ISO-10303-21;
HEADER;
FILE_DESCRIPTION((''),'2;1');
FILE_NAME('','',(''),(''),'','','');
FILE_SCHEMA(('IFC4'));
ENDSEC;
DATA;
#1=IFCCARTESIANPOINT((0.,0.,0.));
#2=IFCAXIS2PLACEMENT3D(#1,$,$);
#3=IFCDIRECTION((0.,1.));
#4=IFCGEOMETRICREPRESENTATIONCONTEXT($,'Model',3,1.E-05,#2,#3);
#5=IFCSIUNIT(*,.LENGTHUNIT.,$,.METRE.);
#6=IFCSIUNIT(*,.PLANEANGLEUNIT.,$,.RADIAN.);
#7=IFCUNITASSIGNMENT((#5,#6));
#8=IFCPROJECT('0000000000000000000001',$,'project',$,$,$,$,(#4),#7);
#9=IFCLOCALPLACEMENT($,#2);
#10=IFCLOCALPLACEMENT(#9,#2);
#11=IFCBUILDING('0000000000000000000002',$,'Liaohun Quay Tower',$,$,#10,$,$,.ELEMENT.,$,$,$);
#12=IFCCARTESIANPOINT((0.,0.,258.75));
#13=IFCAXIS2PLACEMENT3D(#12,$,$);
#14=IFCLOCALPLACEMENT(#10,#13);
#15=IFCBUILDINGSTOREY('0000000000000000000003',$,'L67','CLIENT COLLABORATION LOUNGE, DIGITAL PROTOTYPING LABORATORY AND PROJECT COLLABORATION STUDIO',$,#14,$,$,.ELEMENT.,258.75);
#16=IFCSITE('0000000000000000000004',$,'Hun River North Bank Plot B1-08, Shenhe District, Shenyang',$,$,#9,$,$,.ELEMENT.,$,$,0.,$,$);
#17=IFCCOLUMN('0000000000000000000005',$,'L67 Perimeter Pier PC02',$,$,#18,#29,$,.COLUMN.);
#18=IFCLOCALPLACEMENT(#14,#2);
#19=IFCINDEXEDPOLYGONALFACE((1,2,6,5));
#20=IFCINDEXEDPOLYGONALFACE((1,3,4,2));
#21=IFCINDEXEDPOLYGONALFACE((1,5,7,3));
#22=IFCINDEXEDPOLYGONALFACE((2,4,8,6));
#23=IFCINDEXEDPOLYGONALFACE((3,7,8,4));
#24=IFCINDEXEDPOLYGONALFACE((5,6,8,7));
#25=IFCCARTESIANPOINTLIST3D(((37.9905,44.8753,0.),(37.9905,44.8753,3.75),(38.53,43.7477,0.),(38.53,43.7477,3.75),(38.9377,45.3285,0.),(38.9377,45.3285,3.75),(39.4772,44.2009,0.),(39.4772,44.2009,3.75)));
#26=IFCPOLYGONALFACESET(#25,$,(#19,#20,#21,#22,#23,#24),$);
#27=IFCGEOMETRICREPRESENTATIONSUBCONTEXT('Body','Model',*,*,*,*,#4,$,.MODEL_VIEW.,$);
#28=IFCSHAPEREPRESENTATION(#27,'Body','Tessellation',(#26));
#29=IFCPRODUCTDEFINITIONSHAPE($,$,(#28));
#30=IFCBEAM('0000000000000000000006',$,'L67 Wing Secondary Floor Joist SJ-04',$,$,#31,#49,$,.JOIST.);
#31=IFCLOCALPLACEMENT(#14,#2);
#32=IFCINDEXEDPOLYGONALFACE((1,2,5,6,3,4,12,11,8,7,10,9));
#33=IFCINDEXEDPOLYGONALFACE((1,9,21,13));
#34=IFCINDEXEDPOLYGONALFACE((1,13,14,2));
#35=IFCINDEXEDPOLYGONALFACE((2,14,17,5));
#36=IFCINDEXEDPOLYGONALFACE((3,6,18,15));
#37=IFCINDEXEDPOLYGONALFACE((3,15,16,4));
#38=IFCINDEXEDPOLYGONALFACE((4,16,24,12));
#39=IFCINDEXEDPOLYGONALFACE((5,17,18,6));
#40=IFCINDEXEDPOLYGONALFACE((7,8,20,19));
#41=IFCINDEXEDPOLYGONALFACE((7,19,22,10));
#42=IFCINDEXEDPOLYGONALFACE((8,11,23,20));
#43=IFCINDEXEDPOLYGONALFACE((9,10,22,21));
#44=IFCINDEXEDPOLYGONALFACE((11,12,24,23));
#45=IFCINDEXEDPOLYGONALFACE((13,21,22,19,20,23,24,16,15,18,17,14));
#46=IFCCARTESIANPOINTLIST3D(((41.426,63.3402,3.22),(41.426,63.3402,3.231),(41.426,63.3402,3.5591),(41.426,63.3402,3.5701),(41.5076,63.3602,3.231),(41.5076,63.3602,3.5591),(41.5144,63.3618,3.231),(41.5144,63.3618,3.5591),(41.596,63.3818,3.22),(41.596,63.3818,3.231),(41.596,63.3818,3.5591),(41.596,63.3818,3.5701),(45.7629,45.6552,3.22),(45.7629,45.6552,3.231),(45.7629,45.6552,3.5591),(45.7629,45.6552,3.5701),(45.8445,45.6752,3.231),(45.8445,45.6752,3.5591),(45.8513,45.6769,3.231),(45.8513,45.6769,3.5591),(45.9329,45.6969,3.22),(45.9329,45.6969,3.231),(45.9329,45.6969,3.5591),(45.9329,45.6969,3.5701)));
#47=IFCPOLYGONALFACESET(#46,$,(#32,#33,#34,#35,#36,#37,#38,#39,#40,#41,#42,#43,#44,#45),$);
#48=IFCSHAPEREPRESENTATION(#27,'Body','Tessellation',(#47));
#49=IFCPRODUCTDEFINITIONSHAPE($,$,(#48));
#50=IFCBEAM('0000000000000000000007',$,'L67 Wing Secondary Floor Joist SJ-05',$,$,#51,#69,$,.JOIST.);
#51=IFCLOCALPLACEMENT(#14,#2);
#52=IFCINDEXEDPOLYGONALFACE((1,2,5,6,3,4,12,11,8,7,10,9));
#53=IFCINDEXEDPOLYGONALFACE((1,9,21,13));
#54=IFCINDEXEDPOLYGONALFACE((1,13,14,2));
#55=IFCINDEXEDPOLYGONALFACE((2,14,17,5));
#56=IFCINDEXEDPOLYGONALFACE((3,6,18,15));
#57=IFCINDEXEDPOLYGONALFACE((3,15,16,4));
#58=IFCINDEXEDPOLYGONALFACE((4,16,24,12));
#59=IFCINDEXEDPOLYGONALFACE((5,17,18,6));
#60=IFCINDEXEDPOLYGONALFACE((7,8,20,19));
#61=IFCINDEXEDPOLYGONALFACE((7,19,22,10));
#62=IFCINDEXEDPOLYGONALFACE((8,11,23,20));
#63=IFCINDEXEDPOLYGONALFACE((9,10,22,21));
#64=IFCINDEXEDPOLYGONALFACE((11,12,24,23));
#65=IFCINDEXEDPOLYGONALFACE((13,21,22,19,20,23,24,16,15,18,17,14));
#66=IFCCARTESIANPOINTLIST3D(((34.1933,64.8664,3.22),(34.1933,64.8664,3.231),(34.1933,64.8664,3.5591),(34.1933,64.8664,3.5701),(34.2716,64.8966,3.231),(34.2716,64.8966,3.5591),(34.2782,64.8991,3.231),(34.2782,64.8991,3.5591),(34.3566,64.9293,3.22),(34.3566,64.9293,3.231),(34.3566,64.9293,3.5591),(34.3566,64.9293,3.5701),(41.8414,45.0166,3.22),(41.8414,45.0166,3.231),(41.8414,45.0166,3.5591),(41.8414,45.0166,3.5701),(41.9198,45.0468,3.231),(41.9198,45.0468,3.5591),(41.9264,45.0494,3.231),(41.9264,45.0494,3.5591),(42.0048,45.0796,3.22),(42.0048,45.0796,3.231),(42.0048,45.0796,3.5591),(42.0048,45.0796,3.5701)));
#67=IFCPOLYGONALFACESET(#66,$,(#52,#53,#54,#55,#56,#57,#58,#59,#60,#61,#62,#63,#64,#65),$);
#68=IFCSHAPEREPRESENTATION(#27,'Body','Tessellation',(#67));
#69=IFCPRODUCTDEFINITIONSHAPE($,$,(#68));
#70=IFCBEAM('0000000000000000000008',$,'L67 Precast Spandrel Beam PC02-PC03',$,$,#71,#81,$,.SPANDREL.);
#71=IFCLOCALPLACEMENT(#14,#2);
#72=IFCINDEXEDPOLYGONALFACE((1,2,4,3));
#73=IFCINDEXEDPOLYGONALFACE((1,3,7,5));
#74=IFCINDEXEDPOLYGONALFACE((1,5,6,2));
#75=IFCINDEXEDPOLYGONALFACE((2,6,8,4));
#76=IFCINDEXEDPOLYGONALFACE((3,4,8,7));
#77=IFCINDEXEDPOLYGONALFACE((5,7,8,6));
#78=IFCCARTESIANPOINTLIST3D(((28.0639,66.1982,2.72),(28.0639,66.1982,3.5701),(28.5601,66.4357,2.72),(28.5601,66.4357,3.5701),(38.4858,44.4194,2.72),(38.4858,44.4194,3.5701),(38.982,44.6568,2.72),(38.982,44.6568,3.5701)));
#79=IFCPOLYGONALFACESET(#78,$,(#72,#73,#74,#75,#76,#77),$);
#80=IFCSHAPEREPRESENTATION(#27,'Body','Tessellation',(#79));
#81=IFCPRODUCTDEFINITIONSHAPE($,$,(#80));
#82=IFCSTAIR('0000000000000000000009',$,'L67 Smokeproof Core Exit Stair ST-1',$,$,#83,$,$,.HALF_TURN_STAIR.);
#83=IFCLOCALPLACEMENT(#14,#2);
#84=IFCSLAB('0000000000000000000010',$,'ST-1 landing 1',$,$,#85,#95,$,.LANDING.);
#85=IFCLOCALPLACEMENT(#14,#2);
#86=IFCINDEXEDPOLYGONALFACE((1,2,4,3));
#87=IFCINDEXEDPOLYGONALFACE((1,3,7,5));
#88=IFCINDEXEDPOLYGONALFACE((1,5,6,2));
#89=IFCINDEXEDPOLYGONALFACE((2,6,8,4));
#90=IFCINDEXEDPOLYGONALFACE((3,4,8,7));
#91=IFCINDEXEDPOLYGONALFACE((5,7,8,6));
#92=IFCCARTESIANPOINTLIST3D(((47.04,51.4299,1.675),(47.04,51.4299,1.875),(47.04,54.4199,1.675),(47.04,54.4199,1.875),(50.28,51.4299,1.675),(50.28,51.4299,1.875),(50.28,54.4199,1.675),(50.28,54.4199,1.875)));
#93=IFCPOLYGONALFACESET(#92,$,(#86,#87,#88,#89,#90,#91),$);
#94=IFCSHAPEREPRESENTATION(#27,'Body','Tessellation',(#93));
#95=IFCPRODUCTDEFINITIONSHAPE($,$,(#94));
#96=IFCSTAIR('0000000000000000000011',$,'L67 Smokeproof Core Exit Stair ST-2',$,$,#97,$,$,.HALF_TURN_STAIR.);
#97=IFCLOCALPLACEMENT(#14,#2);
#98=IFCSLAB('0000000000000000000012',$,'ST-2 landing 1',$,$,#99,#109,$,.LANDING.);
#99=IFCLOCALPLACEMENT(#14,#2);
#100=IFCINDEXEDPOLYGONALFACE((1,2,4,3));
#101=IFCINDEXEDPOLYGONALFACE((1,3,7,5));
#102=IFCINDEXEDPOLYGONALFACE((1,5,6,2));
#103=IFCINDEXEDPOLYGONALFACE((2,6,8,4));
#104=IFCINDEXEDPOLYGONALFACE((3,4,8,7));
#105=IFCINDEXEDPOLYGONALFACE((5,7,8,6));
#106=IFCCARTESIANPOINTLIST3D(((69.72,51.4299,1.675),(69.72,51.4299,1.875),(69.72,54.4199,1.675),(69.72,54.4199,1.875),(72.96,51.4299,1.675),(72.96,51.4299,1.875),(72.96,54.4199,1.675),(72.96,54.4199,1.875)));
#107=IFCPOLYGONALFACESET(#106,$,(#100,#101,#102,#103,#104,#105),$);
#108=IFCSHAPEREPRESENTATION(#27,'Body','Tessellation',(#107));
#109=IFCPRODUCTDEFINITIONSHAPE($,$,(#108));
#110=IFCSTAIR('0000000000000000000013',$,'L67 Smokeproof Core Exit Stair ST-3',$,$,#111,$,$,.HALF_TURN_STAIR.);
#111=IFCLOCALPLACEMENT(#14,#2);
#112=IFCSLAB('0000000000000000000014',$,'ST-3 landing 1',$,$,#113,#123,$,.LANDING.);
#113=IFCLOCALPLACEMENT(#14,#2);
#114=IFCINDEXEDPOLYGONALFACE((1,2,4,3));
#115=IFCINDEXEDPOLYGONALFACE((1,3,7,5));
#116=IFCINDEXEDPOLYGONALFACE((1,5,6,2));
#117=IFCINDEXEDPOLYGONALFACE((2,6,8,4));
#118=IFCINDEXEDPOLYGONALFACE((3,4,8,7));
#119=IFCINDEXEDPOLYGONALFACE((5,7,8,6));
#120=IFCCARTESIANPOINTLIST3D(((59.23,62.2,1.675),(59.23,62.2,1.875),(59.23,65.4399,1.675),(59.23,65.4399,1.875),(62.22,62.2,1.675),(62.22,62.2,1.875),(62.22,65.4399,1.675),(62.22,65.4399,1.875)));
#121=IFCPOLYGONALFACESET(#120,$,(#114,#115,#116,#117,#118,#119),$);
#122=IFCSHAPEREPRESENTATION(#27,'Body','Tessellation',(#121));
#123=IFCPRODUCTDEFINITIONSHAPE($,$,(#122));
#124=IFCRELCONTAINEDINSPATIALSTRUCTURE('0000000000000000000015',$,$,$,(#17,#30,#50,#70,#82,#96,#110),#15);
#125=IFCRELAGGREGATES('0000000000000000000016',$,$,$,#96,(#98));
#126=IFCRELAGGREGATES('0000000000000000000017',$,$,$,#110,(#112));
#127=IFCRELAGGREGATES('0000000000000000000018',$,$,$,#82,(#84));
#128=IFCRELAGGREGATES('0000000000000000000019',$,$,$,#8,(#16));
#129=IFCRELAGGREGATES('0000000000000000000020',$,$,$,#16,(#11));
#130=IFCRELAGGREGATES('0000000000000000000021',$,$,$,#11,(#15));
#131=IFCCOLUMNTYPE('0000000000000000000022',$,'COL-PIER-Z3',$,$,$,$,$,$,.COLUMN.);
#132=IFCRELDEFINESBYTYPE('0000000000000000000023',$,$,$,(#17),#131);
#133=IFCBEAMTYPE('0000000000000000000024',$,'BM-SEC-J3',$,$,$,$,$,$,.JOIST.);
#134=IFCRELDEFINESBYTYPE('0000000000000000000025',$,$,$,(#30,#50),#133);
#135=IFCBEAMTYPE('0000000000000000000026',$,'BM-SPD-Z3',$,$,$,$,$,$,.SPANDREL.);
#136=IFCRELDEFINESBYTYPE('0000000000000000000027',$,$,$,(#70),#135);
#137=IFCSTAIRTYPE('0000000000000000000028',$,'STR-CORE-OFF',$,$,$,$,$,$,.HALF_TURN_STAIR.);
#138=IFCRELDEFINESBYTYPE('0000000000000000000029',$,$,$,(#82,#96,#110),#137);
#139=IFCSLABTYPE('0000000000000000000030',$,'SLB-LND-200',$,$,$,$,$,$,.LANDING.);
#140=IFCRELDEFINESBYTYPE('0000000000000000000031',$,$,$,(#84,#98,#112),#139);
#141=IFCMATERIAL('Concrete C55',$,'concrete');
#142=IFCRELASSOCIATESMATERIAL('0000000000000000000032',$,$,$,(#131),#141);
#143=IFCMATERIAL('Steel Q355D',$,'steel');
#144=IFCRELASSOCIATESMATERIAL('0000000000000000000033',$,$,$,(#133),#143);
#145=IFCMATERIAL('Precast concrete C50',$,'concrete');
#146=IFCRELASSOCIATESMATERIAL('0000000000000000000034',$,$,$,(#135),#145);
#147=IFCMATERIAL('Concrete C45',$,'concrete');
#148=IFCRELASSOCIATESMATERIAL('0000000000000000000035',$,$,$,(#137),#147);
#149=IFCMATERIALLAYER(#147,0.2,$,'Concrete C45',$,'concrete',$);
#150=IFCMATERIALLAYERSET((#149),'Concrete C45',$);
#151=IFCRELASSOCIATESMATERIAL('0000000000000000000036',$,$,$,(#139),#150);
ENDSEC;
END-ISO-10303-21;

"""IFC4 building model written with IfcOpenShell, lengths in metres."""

from ifc_helpers import new_model, si_unit, direction, frame, origin, origin_2d, place, context, subcontext, project, spatial, polyline, rectangle, i_section, outline, extrude, source, transform, mapped, material, layer, layer_set, material_profile, profile_set, type_object, element, aggregate, save


model = new_model("IFC4")

# Units and contexts
model_context = context("Model", 3, precision=1e-05, world=origin(), true_north=direction((0.0, 1.0)))
body_context = subcontext(model_context, "Body", "Model", "MODEL_VIEW")
ifc_project = project(units=[si_unit("LENGTHUNIT", "METRE"), si_unit("PLANEANGLEUNIT", "RADIAN")], contexts=[model_context])

# Site, building, storey
site_placement = place(None, origin())
site = spatial("IfcSite", under=ifc_project, at=site_placement, Name="Hun River North Bank Plot B1-08, Shenhe District, Shenyang", CompositionType="ELEMENT", RefElevation=0.0)
building_placement = place(site_placement, origin())
building = spatial("IfcBuilding", under=site, at=building_placement, Name="Liaohun Quay Tower", CompositionType="ELEMENT")
storey_placement = place(building_placement, frame((0.0, 0.0, 258.75)))
storey = spatial("IfcBuildingStorey", under=building, at=storey_placement, Name="L67", Description="CLIENT COLLABORATION LOUNGE, DIGITAL PROTOTYPING LABORATORY AND PROJECT COLLABORATION STUDIO", CompositionType="ELEMENT", Elevation=258.75)

# Column
ifc_material_1 = material(Name="Concrete C55", Category="concrete")
ifc_material_profile_1 = material_profile(ifc_material_1, rectangle(XDim=1.25, YDim=1.05, at=origin_2d()), Name="RC1250x1050")
ifc_profile_set_1 = profile_set([ifc_material_profile_1], Name="Concrete C55")
column_type = type_object("IfcColumnType", Name="COL-PIER-Z3", PredefinedType="COLUMN", material=ifc_profile_set_1)
shared_shape_1 = source(origin(), body_context, "Body", "SweptSolid", [
    extrude(rectangle(XDim=1.25, YDim=1.05, at=origin_2d()), origin(), (0.0, 0.0, 1.0), 3.75),
])
column_placement = place(storey_placement, frame((38.7339, 44.5381, 0.0), z_axis=(0.0, 0.0, 1.0), x_axis=(-0.431613, 0.902059, 0.0)))
element("IfcColumn", 1, at=column_placement, inside=storey, type_object=column_type, Name="L67 Perimeter Pier PC02", PredefinedType="COLUMN", context=body_context, shape_type="MappedRepresentation", body=[
    mapped(shared_shape_1, transform((0.0, 0.0, 0.0), x_axis=(1.0, 0.0, 0.0), y_axis=(0.0, 1.0, 0.0), z_axis=(0.0, 0.0, 1.0), scale=1.0)),
])

# Beams
ifc_material_2 = material(Name="Steel Q355D", Category="steel")
ifc_material_profile_2 = material_profile(ifc_material_2, i_section(OverallWidth=0.175, OverallDepth=0.3501, WebThickness=0.0071, FlangeThickness=0.011, at=origin_2d()), Name="HN350x175x7x11")
ifc_profile_set_2 = profile_set([ifc_material_profile_2], Name="Steel Q355D")
beam_type_1 = type_object("IfcBeamType", Name="BM-SEC-J3", PredefinedType="JOIST", material=ifc_profile_set_2)
shared_shape_2 = source(origin(), body_context, "Body", "SweptSolid", [
    extrude(i_section(OverallWidth=0.175, OverallDepth=0.3501, WebThickness=0.0071, FlangeThickness=0.011, at=origin_2d()), origin(), (0.0, 0.0, 1.0), 18.209),
])
beam_1_placement = place(storey_placement, frame((45.8479, 45.676, 3.395), z_axis=(-0.238173, 0.971223, 0.0), x_axis=(-0.971223, -0.238173, 0.0)))
element("IfcBeam", 2, at=beam_1_placement, inside=storey, type_object=beam_type_1, Name="L67 Wing Secondary Floor Joist SJ-04", PredefinedType="JOIST", context=body_context, shape_type="MappedRepresentation", body=[
    mapped(shared_shape_2, transform((0.0, 0.0, 0.0), x_axis=(1.0, 0.0, 0.0), y_axis=(0.0, 1.0, 0.0), z_axis=(0.0, 0.0, 1.0), scale=1.0)),
])
shared_shape_3 = source(origin(), body_context, "Body", "SweptSolid", [
    extrude(i_section(OverallWidth=0.175, OverallDepth=0.3501, WebThickness=0.0071, FlangeThickness=0.011, at=origin_2d()), origin(), (0.0, 0.0, 1.0), 21.2722),
])
beam_2_placement = place(storey_placement, frame((41.9231, 45.0481, 3.395), z_axis=(-0.359537, 0.933131, 0.0), x_axis=(-0.933131, -0.359537, 0.0)))
element("IfcBeam", 3, at=beam_2_placement, inside=storey, type_object=beam_type_1, Name="L67 Wing Secondary Floor Joist SJ-05", PredefinedType="JOIST", context=body_context, shape_type="MappedRepresentation", body=[
    mapped(shared_shape_3, transform((0.0, 0.0, 0.0), x_axis=(1.0, 0.0, 0.0), y_axis=(0.0, 1.0, 0.0), z_axis=(0.0, 0.0, 1.0), scale=1.0)),
])
ifc_material_3 = material(Name="Precast concrete C50", Category="concrete")
ifc_material_profile_3 = material_profile(ifc_material_3, rectangle(XDim=0.55, YDim=0.8501, at=origin_2d()), Name="RC550x850")
ifc_profile_set_3 = profile_set([ifc_material_profile_3], Name="Precast concrete C50")
beam_type_2 = type_object("IfcBeamType", Name="BM-SPD-Z3", PredefinedType="SPANDREL", material=ifc_profile_set_3)
shared_shape_4 = source(origin(), body_context, "Body", "SweptSolid", [
    extrude(rectangle(XDim=0.55, YDim=0.8501, at=origin_2d()), origin(), (0.0, 0.0, 1.0), 24.144),
])
beam_3_placement = place(storey_placement, frame((38.7339, 44.5381, 3.145), z_axis=(-0.431655, 0.902039, 0.0), x_axis=(-0.902039, -0.431655, 0.0)))
element("IfcBeam", 4, at=beam_3_placement, inside=storey, type_object=beam_type_2, Name="L67 Precast Spandrel Beam PC02-PC03", PredefinedType="SPANDREL", context=body_context, shape_type="MappedRepresentation", body=[
    mapped(shared_shape_4, transform((0.0, 0.0, 0.0), x_axis=(1.0, 0.0, 0.0), y_axis=(0.0, 1.0, 0.0), z_axis=(0.0, 0.0, 1.0), scale=1.0)),
])

# Stairs, slabs
ifc_material_4 = material(Name="Concrete C45", Category="concrete")
stair_type = type_object("IfcStairType", Name="STR-CORE-OFF", PredefinedType="HALF_TURN_STAIR", material=ifc_material_4)
stair_1_placement = place(storey_placement, origin())
stair_1 = element("IfcStair", 5, at=stair_1_placement, inside=storey, type_object=stair_type, Name="L67 Smokeproof Core Exit Stair ST-1", PredefinedType="HALF_TURN_STAIR")
ifc_layer_1 = layer(ifc_material_4, 0.2, Name="Concrete C45", Category="concrete")
ifc_layer_set_1 = layer_set([ifc_layer_1], Name="Concrete C45")
slab_type_1 = type_object("IfcSlabType", Name="SLB-LND-200", PredefinedType="LANDING", material=ifc_layer_set_1)
slab_1_placement = place(storey_placement, frame((0.0, 0.0, 1.675)))
slab_1 = element("IfcSlab", 6, at=slab_1_placement, type_object=slab_type_1, Name="ST-1 landing 1", PredefinedType="LANDING", context=body_context, shape_type="SweptSolid", body=[
    extrude(outline(polyline([(50.28, 51.4299), (50.28, 54.4199), (47.04, 54.4199), (47.04, 51.4299), (50.28, 51.4299)])), origin(), (0.0, 0.0, 1.0), 0.2),
])
stair_2_placement = place(storey_placement, origin())
stair_2 = element("IfcStair", 7, at=stair_2_placement, inside=storey, type_object=stair_type, Name="L67 Smokeproof Core Exit Stair ST-2", PredefinedType="HALF_TURN_STAIR")
slab_2_placement = place(storey_placement, frame((0.0, 0.0, 1.675)))
slab_2 = element("IfcSlab", 8, at=slab_2_placement, type_object=slab_type_1, Name="ST-2 landing 1", PredefinedType="LANDING", context=body_context, shape_type="SweptSolid", body=[
    extrude(outline(polyline([(72.96, 51.4299), (72.96, 54.4199), (69.72, 54.4199), (69.72, 51.4299), (72.96, 51.4299)])), origin(), (0.0, 0.0, 1.0), 0.2),
])
aggregate(stair_2, [slab_2])
stair_3_placement = place(storey_placement, origin())
stair_3 = element("IfcStair", 9, at=stair_3_placement, inside=storey, type_object=stair_type, Name="L67 Smokeproof Core Exit Stair ST-3", PredefinedType="HALF_TURN_STAIR")
slab_3_placement = place(storey_placement, frame((0.0, 0.0, 1.675)))
slab_3 = element("IfcSlab", 10, at=slab_3_placement, type_object=slab_type_1, Name="ST-3 landing 1", PredefinedType="LANDING", context=body_context, shape_type="SweptSolid", body=[
    extrude(outline(polyline([(59.23, 62.2), (62.22, 62.2), (62.22, 65.4399), (59.23, 65.4399), (59.23, 62.2)])), origin(), (0.0, 0.0, 1.0), 0.2),
])
aggregate(stair_3, [slab_3])

aggregate(stair_1, [slab_1])

save(model, "model.ifc")
